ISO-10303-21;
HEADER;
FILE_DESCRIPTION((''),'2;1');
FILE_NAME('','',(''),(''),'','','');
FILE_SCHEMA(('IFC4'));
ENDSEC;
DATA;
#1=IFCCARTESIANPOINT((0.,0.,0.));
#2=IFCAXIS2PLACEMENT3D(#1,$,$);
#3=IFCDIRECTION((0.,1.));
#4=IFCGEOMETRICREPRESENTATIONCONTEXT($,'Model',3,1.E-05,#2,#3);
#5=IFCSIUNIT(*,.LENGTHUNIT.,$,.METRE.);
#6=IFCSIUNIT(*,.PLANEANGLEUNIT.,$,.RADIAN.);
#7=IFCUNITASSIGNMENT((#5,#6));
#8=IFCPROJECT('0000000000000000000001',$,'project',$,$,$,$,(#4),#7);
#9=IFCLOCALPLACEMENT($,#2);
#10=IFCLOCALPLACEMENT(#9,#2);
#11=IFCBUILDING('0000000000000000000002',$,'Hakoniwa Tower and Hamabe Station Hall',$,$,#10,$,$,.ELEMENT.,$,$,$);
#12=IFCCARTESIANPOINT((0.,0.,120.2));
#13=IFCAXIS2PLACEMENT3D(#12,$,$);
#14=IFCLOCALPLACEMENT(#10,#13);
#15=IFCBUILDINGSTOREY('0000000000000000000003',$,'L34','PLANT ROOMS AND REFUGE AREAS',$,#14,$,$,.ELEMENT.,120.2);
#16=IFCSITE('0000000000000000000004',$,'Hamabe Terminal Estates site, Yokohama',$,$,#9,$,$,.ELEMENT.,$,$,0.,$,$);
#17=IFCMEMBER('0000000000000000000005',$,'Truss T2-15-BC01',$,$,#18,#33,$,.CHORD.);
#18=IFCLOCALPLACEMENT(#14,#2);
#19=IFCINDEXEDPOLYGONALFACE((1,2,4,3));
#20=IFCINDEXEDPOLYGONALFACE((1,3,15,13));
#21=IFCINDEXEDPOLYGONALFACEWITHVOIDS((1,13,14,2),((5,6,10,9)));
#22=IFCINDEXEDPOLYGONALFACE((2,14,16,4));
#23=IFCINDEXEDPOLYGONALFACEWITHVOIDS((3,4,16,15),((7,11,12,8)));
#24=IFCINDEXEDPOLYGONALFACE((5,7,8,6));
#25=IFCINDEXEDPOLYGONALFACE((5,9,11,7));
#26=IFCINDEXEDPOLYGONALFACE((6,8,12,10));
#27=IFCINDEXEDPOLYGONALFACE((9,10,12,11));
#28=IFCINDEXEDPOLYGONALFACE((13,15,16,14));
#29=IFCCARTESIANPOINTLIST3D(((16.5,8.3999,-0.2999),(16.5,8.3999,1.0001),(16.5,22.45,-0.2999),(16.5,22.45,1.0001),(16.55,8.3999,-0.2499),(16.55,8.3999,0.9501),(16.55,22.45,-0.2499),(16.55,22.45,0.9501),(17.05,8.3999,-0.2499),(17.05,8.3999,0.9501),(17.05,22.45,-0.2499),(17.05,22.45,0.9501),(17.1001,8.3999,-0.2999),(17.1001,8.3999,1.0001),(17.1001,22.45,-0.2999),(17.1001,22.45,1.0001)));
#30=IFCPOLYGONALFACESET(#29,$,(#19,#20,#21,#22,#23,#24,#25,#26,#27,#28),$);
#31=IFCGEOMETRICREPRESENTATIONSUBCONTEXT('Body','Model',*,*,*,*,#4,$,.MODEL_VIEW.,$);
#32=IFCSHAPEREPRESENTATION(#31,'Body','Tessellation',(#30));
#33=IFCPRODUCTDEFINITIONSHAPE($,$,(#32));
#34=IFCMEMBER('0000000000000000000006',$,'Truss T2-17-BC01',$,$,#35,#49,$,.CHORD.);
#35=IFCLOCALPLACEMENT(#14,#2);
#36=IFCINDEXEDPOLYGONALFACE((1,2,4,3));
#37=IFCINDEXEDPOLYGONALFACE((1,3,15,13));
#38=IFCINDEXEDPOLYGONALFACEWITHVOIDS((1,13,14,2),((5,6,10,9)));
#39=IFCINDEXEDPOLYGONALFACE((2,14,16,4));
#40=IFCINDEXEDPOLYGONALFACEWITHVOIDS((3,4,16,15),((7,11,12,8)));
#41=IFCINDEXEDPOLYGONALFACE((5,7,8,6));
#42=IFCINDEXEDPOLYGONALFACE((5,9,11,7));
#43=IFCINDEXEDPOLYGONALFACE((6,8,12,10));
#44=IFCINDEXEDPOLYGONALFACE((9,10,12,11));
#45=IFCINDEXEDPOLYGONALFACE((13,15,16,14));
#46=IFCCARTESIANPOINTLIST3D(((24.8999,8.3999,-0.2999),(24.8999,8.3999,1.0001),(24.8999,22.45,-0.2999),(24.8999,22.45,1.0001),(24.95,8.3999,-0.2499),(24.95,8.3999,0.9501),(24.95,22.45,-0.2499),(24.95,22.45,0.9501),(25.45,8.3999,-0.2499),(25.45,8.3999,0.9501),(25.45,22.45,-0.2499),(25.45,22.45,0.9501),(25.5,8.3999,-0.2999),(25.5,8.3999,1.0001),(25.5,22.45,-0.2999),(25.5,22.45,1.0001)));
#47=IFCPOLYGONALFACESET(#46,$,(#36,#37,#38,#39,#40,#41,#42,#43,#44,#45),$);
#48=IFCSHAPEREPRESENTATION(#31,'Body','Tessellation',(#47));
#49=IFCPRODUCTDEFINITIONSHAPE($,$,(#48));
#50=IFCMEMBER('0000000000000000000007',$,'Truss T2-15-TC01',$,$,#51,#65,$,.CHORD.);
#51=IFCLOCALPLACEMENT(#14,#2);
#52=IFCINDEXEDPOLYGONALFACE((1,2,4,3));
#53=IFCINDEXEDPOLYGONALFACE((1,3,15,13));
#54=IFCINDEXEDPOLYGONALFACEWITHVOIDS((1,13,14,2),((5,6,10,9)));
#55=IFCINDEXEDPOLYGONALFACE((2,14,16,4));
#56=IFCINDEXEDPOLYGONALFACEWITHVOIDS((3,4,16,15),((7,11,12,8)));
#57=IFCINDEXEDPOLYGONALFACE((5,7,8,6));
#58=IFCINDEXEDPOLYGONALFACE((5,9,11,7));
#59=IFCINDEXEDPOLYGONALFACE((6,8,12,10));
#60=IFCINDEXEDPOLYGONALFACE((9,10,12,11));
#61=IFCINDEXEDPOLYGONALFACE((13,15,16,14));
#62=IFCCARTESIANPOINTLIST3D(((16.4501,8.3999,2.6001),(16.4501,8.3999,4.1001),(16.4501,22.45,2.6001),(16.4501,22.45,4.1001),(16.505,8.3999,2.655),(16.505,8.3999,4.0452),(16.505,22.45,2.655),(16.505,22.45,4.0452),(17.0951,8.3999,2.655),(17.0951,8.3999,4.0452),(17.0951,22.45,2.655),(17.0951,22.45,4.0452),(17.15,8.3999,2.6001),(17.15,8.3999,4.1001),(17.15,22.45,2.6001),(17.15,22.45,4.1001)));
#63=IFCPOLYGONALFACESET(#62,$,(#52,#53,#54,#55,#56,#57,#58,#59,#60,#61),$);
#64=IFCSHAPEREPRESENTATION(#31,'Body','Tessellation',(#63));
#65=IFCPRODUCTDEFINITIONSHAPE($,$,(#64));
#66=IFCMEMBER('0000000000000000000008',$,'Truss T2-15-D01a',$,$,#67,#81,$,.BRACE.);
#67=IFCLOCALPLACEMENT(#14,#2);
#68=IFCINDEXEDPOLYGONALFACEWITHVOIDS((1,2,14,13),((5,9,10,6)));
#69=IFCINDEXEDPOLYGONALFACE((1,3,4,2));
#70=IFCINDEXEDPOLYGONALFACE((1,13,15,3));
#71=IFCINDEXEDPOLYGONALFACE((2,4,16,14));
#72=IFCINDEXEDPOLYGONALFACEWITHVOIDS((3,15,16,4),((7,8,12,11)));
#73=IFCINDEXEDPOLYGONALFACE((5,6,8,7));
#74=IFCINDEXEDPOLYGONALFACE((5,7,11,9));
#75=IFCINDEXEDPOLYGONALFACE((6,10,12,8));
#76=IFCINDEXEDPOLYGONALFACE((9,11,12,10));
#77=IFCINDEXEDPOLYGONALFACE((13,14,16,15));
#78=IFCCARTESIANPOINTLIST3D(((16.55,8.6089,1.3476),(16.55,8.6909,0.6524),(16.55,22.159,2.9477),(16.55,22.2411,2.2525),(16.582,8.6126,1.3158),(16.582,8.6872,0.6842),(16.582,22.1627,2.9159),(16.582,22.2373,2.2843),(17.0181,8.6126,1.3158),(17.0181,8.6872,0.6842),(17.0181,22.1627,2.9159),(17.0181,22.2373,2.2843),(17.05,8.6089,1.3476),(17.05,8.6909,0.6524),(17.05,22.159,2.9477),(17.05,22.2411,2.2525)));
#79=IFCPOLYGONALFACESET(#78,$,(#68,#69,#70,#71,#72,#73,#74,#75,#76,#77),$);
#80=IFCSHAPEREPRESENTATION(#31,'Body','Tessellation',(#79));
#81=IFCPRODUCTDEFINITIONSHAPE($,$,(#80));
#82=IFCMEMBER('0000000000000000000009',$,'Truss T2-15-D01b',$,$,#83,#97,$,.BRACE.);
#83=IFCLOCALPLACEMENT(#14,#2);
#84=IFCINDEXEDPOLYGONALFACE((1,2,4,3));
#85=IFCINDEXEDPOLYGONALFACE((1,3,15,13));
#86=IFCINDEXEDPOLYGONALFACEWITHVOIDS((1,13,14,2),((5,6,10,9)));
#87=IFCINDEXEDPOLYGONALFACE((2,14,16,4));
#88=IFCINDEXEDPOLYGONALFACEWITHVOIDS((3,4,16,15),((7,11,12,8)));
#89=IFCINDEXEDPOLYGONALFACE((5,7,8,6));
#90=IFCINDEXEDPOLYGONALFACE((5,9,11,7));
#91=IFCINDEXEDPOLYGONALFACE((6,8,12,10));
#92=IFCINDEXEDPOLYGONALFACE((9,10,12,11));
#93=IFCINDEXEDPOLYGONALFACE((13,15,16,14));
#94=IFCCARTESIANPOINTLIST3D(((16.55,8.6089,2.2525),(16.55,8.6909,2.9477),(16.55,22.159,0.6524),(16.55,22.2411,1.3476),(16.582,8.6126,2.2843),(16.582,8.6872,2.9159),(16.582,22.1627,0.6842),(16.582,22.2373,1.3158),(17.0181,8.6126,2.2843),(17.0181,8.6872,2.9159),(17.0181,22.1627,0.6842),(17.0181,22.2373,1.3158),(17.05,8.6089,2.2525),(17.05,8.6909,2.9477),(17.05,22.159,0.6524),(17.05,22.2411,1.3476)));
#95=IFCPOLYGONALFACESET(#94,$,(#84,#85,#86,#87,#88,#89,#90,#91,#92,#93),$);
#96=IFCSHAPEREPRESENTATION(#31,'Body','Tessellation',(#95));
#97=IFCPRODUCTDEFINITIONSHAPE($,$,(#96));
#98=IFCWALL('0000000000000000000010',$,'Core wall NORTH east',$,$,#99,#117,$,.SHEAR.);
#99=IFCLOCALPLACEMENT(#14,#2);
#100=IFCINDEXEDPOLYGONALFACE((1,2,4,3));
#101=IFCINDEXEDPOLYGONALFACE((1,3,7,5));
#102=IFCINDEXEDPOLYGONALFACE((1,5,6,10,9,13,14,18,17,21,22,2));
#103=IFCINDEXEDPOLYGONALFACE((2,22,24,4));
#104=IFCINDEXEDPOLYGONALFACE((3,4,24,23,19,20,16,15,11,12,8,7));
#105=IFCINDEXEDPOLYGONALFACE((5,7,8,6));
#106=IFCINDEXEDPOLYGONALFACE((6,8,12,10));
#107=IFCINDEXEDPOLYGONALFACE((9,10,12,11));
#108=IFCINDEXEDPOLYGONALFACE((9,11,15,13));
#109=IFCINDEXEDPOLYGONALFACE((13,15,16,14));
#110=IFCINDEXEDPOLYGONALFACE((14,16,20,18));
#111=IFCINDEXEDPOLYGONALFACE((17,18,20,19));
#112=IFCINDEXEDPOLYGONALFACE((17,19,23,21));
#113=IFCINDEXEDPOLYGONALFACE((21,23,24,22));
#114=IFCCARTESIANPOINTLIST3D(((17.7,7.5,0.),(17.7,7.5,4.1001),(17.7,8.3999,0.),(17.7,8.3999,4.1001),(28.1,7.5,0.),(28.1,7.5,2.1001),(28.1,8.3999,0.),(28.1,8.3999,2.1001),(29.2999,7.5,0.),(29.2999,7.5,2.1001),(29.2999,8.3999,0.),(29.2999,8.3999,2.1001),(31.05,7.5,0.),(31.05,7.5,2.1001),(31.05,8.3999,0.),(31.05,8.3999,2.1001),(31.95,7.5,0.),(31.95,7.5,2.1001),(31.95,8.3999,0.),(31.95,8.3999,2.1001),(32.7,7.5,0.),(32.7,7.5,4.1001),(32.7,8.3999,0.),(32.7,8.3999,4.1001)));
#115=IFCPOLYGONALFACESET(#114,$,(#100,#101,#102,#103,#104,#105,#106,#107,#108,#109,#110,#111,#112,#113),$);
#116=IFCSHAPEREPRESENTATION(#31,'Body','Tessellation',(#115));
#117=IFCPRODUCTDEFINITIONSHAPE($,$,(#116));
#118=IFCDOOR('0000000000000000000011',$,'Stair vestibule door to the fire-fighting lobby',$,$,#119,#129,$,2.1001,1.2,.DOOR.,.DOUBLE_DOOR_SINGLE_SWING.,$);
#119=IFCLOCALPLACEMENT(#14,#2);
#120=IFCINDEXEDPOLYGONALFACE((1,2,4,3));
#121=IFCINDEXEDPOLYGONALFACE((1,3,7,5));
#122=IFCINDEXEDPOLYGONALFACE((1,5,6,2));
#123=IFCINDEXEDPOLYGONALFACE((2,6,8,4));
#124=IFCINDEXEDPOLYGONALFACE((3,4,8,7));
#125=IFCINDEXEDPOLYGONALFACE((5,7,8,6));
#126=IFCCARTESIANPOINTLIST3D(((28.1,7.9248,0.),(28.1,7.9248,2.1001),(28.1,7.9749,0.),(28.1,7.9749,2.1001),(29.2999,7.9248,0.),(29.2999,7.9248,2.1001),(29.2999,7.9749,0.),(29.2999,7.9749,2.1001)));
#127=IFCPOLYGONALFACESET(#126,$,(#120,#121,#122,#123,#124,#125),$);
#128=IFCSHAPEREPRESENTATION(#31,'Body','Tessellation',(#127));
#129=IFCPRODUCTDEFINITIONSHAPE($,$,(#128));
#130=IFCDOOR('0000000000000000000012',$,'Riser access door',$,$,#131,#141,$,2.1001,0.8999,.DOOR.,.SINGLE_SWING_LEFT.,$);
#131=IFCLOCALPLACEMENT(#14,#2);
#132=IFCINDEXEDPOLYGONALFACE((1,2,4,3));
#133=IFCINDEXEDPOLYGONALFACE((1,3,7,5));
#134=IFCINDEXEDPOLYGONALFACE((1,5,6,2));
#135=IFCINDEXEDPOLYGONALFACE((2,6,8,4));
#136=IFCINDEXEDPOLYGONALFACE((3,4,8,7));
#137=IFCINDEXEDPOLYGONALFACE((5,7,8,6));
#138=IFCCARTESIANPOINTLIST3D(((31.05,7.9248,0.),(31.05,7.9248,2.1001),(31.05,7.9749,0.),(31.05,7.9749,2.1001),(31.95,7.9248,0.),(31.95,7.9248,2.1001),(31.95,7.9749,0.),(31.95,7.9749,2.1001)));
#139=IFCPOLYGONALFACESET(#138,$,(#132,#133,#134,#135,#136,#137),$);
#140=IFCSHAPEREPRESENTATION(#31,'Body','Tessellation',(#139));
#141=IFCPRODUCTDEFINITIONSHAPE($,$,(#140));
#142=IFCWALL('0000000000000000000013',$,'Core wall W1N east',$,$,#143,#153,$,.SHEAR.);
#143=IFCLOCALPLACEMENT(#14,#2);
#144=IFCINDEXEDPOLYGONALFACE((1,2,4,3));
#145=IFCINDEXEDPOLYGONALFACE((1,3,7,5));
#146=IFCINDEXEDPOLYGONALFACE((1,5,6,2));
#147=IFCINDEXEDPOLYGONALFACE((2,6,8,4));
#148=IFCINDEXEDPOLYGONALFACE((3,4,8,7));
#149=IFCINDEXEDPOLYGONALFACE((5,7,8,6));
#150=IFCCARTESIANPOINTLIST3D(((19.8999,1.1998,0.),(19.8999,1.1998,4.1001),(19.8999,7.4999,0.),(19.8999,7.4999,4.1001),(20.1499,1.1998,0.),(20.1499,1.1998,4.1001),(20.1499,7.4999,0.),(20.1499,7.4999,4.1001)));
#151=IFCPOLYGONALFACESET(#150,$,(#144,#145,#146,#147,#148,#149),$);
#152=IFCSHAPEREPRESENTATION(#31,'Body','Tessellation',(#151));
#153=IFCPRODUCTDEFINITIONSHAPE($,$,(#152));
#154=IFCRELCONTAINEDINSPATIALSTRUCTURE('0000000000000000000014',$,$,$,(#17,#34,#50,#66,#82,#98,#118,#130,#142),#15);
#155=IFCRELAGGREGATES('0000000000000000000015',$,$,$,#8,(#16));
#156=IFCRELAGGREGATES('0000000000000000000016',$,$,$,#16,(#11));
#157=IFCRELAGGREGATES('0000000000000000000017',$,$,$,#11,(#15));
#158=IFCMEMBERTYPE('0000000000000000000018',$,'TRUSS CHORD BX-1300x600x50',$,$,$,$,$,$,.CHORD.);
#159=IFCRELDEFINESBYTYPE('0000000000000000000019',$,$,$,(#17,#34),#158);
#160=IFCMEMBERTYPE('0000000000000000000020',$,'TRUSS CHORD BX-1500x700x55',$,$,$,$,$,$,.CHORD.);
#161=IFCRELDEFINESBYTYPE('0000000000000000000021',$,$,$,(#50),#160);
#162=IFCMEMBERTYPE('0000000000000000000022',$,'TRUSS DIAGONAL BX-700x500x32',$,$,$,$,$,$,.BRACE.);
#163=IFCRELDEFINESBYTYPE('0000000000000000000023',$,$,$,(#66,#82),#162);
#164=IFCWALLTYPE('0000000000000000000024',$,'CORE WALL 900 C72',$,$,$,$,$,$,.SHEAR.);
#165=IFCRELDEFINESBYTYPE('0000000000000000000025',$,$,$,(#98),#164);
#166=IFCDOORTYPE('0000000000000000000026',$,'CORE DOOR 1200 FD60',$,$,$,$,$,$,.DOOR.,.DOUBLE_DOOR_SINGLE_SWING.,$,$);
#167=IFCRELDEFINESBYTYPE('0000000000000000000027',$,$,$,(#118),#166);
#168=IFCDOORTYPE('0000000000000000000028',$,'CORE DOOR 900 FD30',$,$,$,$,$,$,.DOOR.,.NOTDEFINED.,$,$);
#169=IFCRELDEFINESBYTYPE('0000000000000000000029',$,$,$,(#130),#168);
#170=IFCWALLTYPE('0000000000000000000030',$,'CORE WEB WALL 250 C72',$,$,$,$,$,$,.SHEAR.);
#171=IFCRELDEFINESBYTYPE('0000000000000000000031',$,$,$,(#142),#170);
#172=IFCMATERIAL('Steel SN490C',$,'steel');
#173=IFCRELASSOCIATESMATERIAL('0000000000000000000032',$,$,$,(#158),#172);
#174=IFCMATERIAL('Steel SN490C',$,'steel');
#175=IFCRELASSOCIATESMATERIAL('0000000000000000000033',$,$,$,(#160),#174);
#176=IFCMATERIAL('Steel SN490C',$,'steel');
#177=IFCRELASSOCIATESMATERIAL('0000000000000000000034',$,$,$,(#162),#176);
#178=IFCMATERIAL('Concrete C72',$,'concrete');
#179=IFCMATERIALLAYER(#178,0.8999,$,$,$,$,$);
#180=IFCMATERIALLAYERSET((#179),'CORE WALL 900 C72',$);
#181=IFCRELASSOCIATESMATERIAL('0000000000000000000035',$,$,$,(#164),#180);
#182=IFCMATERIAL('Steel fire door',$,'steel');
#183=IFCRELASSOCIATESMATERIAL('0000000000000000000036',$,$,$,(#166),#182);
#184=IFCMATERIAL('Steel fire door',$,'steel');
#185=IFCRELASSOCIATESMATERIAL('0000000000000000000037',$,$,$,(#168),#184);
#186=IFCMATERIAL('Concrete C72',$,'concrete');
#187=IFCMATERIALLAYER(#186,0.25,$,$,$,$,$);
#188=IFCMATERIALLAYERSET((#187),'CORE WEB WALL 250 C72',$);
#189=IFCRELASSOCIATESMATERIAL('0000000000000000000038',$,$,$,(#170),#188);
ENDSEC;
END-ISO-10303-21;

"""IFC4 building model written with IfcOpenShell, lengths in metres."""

from ifc_helpers import new_model, si_unit, direction, frame, frame_2d, origin, origin_2d, place, context, subcontext, project, spatial, rectangle, hollow_rectangle, extrude, material, layer, layer_set, material_profile, profile_set, type_object, element, fill, save


model = new_model("IFC4")

# Units and contexts
model_context = context("Model", 3, precision=1e-05, world=origin(), true_north=direction((0.0, 1.0)))
body_context = subcontext(model_context, "Body", "Model", "MODEL_VIEW")
ifc_project = project(units=[si_unit("LENGTHUNIT", "METRE"), si_unit("PLANEANGLEUNIT", "RADIAN")], contexts=[model_context])

# Site, building, storey
site_placement = place(None, origin())
site = spatial("IfcSite", under=ifc_project, at=site_placement, Name="Hamabe Terminal Estates site, Yokohama", CompositionType="ELEMENT", RefElevation=0.0)
building_placement = place(site_placement, origin())
building = spatial("IfcBuilding", under=site, at=building_placement, Name="Hakoniwa Tower and Hamabe Station Hall", CompositionType="ELEMENT")
storey_placement = place(building_placement, frame((0.0, 0.0, 120.2)))
storey = spatial("IfcBuildingStorey", under=building, at=storey_placement, Name="L34", Description="PLANT ROOMS AND REFUGE AREAS", CompositionType="ELEMENT", Elevation=120.2)

# Members
ifc_material_1 = material(Name="Steel SN490C", Category="steel")
ifc_material_profile_1 = material_profile(ifc_material_1, hollow_rectangle(XDim=0.6001, YDim=1.3, WallThickness=0.05, at=origin_2d()), Name="BX-1300x600x50")
ifc_profile_set_1 = profile_set([ifc_material_profile_1], Name="Steel SN490C")
member_type_1 = type_object("IfcMemberType", Name="TRUSS CHORD BX-1300x600x50", PredefinedType="CHORD", material=ifc_profile_set_1)
for number, where, z_axis, x_axis, name in (
    (1, (16.8, 8.3999, 0.3501), (0.0, 1.0, 0.0), (-1.0, 0.0, 0.0), "Truss T2-15-BC01"),
    (2, (25.2, 8.3999, 0.3501), (0.0, 1.0, 0.0), (-1.0, 0.0, 0.0), "Truss T2-17-BC01"),
):
    element("IfcMember", number, at=place(storey_placement, frame(where, z_axis=z_axis, x_axis=x_axis)), inside=storey, type_object=member_type_1, Name=name, PredefinedType="CHORD", context=body_context, shape_type="SweptSolid", body=[
        extrude(hollow_rectangle(XDim=0.6001, YDim=1.3, WallThickness=0.05, at=origin_2d()), origin(), (0.0, 0.0, 1.0), 14.05),
    ])
ifc_material_2 = material(Name="Steel SN490C", Category="steel")
ifc_material_profile_2 = material_profile(ifc_material_2, hollow_rectangle(XDim=0.7, YDim=1.5, WallThickness=0.0549, at=origin_2d()), Name="BX-1500x700x55")
ifc_profile_set_2 = profile_set([ifc_material_profile_2], Name="Steel SN490C")
member_type_2 = type_object("IfcMemberType", Name="TRUSS CHORD BX-1500x700x55", PredefinedType="CHORD", material=ifc_profile_set_2)
member_placement = place(storey_placement, frame((16.8, 8.3999, 3.3501), z_axis=(0.0, 1.0, 0.0), x_axis=(-1.0, 0.0, 0.0)))
element("IfcMember", 3, at=member_placement, inside=storey, type_object=member_type_2, Name="Truss T2-15-TC01", PredefinedType="CHORD", context=body_context, shape_type="SweptSolid", body=[
    extrude(hollow_rectangle(XDim=0.7, YDim=1.5, WallThickness=0.0549, at=origin_2d()), origin(), (0.0, 0.0, 1.0), 14.05),
])
ifc_material_3 = material(Name="Steel SN490C", Category="steel")
ifc_material_profile_3 = material_profile(ifc_material_3, hollow_rectangle(XDim=0.5, YDim=0.7, WallThickness=0.032, at=origin_2d()), Name="BX-700x500x32")
ifc_profile_set_3 = profile_set([ifc_material_profile_3], Name="Steel SN490C")
member_type_3 = type_object("IfcMemberType", Name="TRUSS DIAGONAL BX-700x500x32", PredefinedType="BRACE", material=ifc_profile_set_3)
for number, where, z_axis, x_axis, name in (
    (4, (16.8, 8.6499, 1.0), (0.0, 0.9931, 0.117273), (-1.0, 0.0, 0.0), "Truss T2-15-D01a"),
    (5, (16.8, 8.6499, 2.6001), (0.0, 0.9931, -0.117273), (-1.0, 0.0, 0.0), "Truss T2-15-D01b"),
):
    element("IfcMember", number, at=place(storey_placement, frame(where, z_axis=z_axis, x_axis=x_axis)), inside=storey, type_object=member_type_3, Name=name, PredefinedType="BRACE", context=body_context, shape_type="SweptSolid", body=[
        extrude(hollow_rectangle(XDim=0.5, YDim=0.7, WallThickness=0.032, at=origin_2d()), origin(), (0.0, 0.0, 1.0), 13.6443),
    ])

# Wall, openings, doors
ifc_material_4 = material(Name="Concrete C72", Category="concrete")
ifc_layer_1 = layer(ifc_material_4, 0.8999)
ifc_layer_set_1 = layer_set([ifc_layer_1], Name="CORE WALL 900 C72")
wall_type_1 = type_object("IfcWallType", Name="CORE WALL 900 C72", PredefinedType="SHEAR", material=ifc_layer_set_1)
wall_1_placement = place(storey_placement, frame((17.7, 7.95, 0.0), z_axis=(0.0, 0.0, 1.0), x_axis=(1.0, 0.0, 0.0)))
wall_1 = element("IfcWall", 6, at=wall_1_placement, inside=storey, type_object=wall_type_1, Name="Core wall NORTH east", PredefinedType="SHEAR", context=body_context, shape_type="SweptSolid", body=[
    extrude(rectangle(XDim=15.0, YDim=0.8999, at=frame_2d((7.5, 0.0))), origin(), (0.0, 0.0, 1.0), 4.1001),
])
opening_1_placement = place(wall_1_placement, frame((10.3999, 0.0, 0.0)))
opening_1 = element("IfcOpeningElement", 7, at=opening_1_placement, cuts=wall_1, PredefinedType="OPENING", context=body_context, shape_type="SweptSolid", body=[
    extrude(rectangle(XDim=1.2, YDim=2.1001, at=frame_2d((0.6001, 1.05))), frame((0.0, 0.46, 0.0), z_axis=(0.0, -1.0, 0.0), x_axis=(1.0, 0.0, 0.0)), (0.0, 0.0, 1.0), 0.9199),
])
opening_2_placement = place(wall_1_placement, frame((13.3501, 0.0, 0.0)))
opening_2 = element("IfcOpeningElement", 8, at=opening_2_placement, cuts=wall_1, PredefinedType="OPENING", context=body_context, shape_type="SweptSolid", body=[
    extrude(rectangle(XDim=0.8999, YDim=2.1001, at=frame_2d((0.45, 1.05))), frame((0.0, 0.46, 0.0), z_axis=(0.0, -1.0, 0.0), x_axis=(1.0, 0.0, 0.0)), (0.0, 0.0, 1.0), 0.9199),
])
ifc_material_5 = material(Name="Steel fire door", Category="steel")
door_type_1 = type_object("IfcDoorType", Name="CORE DOOR 1200 FD60", OperationType="DOUBLE_DOOR_SINGLE_SWING", PredefinedType="DOOR", material=ifc_material_5)
door_1_placement = place(opening_1_placement, origin())
door_1 = element("IfcDoor", 9, at=door_1_placement, inside=storey, type_object=door_type_1, Name="Stair vestibule door to the fire-fighting lobby", OperationType="DOUBLE_DOOR_SINGLE_SWING", OverallHeight=2.1001, OverallWidth=1.2, PredefinedType="DOOR", context=body_context, shape_type="SweptSolid", body=[
    extrude(rectangle(XDim=1.2, YDim=2.1001, at=frame_2d((0.6001, 1.05))), frame((0.0, 0.0249, 0.0), z_axis=(0.0, -1.0, 0.0), x_axis=(1.0, 0.0, 0.0)), (0.0, 0.0, 1.0), 0.05),
])
fill(opening_1, door_1)
ifc_material_6 = material(Name="Steel fire door", Category="steel")
door_type_2 = type_object("IfcDoorType", Name="CORE DOOR 900 FD30", OperationType="NOTDEFINED", PredefinedType="DOOR", material=ifc_material_6)
door_2_placement = place(opening_2_placement, origin())
door_2 = element("IfcDoor", 10, at=door_2_placement, inside=storey, type_object=door_type_2, Name="Riser access door", OperationType="SINGLE_SWING_LEFT", OverallHeight=2.1001, OverallWidth=0.8999, PredefinedType="DOOR", context=body_context, shape_type="SweptSolid", body=[
    extrude(rectangle(XDim=0.8999, YDim=2.1001, at=frame_2d((0.45, 1.05))), frame((0.0, 0.0249, 0.0), z_axis=(0.0, -1.0, 0.0), x_axis=(1.0, 0.0, 0.0)), (0.0, 0.0, 1.0), 0.05),
])
fill(opening_2, door_2)

# Wall
ifc_material_7 = material(Name="Concrete C72", Category="concrete")
ifc_layer_2 = layer(ifc_material_7, 0.25)
ifc_layer_set_2 = layer_set([ifc_layer_2], Name="CORE WEB WALL 250 C72")
wall_type_2 = type_object("IfcWallType", Name="CORE WEB WALL 250 C72", PredefinedType="SHEAR", material=ifc_layer_set_2)
wall_2_placement = place(storey_placement, frame((20.0249, 1.2, 0.0), z_axis=(0.0, 0.0, 1.0), x_axis=(0.0, 1.0, 0.0)))
element("IfcWall", 11, at=wall_2_placement, inside=storey, type_object=wall_type_2, Name="Core wall W1N east", PredefinedType="SHEAR", context=body_context, shape_type="SweptSolid", body=[
    extrude(rectangle(XDim=6.3, YDim=0.25, at=frame_2d((3.1499, 0.0))), origin(), (0.0, 0.0, 1.0), 4.1001),
])

save(model, "model.ifc")
